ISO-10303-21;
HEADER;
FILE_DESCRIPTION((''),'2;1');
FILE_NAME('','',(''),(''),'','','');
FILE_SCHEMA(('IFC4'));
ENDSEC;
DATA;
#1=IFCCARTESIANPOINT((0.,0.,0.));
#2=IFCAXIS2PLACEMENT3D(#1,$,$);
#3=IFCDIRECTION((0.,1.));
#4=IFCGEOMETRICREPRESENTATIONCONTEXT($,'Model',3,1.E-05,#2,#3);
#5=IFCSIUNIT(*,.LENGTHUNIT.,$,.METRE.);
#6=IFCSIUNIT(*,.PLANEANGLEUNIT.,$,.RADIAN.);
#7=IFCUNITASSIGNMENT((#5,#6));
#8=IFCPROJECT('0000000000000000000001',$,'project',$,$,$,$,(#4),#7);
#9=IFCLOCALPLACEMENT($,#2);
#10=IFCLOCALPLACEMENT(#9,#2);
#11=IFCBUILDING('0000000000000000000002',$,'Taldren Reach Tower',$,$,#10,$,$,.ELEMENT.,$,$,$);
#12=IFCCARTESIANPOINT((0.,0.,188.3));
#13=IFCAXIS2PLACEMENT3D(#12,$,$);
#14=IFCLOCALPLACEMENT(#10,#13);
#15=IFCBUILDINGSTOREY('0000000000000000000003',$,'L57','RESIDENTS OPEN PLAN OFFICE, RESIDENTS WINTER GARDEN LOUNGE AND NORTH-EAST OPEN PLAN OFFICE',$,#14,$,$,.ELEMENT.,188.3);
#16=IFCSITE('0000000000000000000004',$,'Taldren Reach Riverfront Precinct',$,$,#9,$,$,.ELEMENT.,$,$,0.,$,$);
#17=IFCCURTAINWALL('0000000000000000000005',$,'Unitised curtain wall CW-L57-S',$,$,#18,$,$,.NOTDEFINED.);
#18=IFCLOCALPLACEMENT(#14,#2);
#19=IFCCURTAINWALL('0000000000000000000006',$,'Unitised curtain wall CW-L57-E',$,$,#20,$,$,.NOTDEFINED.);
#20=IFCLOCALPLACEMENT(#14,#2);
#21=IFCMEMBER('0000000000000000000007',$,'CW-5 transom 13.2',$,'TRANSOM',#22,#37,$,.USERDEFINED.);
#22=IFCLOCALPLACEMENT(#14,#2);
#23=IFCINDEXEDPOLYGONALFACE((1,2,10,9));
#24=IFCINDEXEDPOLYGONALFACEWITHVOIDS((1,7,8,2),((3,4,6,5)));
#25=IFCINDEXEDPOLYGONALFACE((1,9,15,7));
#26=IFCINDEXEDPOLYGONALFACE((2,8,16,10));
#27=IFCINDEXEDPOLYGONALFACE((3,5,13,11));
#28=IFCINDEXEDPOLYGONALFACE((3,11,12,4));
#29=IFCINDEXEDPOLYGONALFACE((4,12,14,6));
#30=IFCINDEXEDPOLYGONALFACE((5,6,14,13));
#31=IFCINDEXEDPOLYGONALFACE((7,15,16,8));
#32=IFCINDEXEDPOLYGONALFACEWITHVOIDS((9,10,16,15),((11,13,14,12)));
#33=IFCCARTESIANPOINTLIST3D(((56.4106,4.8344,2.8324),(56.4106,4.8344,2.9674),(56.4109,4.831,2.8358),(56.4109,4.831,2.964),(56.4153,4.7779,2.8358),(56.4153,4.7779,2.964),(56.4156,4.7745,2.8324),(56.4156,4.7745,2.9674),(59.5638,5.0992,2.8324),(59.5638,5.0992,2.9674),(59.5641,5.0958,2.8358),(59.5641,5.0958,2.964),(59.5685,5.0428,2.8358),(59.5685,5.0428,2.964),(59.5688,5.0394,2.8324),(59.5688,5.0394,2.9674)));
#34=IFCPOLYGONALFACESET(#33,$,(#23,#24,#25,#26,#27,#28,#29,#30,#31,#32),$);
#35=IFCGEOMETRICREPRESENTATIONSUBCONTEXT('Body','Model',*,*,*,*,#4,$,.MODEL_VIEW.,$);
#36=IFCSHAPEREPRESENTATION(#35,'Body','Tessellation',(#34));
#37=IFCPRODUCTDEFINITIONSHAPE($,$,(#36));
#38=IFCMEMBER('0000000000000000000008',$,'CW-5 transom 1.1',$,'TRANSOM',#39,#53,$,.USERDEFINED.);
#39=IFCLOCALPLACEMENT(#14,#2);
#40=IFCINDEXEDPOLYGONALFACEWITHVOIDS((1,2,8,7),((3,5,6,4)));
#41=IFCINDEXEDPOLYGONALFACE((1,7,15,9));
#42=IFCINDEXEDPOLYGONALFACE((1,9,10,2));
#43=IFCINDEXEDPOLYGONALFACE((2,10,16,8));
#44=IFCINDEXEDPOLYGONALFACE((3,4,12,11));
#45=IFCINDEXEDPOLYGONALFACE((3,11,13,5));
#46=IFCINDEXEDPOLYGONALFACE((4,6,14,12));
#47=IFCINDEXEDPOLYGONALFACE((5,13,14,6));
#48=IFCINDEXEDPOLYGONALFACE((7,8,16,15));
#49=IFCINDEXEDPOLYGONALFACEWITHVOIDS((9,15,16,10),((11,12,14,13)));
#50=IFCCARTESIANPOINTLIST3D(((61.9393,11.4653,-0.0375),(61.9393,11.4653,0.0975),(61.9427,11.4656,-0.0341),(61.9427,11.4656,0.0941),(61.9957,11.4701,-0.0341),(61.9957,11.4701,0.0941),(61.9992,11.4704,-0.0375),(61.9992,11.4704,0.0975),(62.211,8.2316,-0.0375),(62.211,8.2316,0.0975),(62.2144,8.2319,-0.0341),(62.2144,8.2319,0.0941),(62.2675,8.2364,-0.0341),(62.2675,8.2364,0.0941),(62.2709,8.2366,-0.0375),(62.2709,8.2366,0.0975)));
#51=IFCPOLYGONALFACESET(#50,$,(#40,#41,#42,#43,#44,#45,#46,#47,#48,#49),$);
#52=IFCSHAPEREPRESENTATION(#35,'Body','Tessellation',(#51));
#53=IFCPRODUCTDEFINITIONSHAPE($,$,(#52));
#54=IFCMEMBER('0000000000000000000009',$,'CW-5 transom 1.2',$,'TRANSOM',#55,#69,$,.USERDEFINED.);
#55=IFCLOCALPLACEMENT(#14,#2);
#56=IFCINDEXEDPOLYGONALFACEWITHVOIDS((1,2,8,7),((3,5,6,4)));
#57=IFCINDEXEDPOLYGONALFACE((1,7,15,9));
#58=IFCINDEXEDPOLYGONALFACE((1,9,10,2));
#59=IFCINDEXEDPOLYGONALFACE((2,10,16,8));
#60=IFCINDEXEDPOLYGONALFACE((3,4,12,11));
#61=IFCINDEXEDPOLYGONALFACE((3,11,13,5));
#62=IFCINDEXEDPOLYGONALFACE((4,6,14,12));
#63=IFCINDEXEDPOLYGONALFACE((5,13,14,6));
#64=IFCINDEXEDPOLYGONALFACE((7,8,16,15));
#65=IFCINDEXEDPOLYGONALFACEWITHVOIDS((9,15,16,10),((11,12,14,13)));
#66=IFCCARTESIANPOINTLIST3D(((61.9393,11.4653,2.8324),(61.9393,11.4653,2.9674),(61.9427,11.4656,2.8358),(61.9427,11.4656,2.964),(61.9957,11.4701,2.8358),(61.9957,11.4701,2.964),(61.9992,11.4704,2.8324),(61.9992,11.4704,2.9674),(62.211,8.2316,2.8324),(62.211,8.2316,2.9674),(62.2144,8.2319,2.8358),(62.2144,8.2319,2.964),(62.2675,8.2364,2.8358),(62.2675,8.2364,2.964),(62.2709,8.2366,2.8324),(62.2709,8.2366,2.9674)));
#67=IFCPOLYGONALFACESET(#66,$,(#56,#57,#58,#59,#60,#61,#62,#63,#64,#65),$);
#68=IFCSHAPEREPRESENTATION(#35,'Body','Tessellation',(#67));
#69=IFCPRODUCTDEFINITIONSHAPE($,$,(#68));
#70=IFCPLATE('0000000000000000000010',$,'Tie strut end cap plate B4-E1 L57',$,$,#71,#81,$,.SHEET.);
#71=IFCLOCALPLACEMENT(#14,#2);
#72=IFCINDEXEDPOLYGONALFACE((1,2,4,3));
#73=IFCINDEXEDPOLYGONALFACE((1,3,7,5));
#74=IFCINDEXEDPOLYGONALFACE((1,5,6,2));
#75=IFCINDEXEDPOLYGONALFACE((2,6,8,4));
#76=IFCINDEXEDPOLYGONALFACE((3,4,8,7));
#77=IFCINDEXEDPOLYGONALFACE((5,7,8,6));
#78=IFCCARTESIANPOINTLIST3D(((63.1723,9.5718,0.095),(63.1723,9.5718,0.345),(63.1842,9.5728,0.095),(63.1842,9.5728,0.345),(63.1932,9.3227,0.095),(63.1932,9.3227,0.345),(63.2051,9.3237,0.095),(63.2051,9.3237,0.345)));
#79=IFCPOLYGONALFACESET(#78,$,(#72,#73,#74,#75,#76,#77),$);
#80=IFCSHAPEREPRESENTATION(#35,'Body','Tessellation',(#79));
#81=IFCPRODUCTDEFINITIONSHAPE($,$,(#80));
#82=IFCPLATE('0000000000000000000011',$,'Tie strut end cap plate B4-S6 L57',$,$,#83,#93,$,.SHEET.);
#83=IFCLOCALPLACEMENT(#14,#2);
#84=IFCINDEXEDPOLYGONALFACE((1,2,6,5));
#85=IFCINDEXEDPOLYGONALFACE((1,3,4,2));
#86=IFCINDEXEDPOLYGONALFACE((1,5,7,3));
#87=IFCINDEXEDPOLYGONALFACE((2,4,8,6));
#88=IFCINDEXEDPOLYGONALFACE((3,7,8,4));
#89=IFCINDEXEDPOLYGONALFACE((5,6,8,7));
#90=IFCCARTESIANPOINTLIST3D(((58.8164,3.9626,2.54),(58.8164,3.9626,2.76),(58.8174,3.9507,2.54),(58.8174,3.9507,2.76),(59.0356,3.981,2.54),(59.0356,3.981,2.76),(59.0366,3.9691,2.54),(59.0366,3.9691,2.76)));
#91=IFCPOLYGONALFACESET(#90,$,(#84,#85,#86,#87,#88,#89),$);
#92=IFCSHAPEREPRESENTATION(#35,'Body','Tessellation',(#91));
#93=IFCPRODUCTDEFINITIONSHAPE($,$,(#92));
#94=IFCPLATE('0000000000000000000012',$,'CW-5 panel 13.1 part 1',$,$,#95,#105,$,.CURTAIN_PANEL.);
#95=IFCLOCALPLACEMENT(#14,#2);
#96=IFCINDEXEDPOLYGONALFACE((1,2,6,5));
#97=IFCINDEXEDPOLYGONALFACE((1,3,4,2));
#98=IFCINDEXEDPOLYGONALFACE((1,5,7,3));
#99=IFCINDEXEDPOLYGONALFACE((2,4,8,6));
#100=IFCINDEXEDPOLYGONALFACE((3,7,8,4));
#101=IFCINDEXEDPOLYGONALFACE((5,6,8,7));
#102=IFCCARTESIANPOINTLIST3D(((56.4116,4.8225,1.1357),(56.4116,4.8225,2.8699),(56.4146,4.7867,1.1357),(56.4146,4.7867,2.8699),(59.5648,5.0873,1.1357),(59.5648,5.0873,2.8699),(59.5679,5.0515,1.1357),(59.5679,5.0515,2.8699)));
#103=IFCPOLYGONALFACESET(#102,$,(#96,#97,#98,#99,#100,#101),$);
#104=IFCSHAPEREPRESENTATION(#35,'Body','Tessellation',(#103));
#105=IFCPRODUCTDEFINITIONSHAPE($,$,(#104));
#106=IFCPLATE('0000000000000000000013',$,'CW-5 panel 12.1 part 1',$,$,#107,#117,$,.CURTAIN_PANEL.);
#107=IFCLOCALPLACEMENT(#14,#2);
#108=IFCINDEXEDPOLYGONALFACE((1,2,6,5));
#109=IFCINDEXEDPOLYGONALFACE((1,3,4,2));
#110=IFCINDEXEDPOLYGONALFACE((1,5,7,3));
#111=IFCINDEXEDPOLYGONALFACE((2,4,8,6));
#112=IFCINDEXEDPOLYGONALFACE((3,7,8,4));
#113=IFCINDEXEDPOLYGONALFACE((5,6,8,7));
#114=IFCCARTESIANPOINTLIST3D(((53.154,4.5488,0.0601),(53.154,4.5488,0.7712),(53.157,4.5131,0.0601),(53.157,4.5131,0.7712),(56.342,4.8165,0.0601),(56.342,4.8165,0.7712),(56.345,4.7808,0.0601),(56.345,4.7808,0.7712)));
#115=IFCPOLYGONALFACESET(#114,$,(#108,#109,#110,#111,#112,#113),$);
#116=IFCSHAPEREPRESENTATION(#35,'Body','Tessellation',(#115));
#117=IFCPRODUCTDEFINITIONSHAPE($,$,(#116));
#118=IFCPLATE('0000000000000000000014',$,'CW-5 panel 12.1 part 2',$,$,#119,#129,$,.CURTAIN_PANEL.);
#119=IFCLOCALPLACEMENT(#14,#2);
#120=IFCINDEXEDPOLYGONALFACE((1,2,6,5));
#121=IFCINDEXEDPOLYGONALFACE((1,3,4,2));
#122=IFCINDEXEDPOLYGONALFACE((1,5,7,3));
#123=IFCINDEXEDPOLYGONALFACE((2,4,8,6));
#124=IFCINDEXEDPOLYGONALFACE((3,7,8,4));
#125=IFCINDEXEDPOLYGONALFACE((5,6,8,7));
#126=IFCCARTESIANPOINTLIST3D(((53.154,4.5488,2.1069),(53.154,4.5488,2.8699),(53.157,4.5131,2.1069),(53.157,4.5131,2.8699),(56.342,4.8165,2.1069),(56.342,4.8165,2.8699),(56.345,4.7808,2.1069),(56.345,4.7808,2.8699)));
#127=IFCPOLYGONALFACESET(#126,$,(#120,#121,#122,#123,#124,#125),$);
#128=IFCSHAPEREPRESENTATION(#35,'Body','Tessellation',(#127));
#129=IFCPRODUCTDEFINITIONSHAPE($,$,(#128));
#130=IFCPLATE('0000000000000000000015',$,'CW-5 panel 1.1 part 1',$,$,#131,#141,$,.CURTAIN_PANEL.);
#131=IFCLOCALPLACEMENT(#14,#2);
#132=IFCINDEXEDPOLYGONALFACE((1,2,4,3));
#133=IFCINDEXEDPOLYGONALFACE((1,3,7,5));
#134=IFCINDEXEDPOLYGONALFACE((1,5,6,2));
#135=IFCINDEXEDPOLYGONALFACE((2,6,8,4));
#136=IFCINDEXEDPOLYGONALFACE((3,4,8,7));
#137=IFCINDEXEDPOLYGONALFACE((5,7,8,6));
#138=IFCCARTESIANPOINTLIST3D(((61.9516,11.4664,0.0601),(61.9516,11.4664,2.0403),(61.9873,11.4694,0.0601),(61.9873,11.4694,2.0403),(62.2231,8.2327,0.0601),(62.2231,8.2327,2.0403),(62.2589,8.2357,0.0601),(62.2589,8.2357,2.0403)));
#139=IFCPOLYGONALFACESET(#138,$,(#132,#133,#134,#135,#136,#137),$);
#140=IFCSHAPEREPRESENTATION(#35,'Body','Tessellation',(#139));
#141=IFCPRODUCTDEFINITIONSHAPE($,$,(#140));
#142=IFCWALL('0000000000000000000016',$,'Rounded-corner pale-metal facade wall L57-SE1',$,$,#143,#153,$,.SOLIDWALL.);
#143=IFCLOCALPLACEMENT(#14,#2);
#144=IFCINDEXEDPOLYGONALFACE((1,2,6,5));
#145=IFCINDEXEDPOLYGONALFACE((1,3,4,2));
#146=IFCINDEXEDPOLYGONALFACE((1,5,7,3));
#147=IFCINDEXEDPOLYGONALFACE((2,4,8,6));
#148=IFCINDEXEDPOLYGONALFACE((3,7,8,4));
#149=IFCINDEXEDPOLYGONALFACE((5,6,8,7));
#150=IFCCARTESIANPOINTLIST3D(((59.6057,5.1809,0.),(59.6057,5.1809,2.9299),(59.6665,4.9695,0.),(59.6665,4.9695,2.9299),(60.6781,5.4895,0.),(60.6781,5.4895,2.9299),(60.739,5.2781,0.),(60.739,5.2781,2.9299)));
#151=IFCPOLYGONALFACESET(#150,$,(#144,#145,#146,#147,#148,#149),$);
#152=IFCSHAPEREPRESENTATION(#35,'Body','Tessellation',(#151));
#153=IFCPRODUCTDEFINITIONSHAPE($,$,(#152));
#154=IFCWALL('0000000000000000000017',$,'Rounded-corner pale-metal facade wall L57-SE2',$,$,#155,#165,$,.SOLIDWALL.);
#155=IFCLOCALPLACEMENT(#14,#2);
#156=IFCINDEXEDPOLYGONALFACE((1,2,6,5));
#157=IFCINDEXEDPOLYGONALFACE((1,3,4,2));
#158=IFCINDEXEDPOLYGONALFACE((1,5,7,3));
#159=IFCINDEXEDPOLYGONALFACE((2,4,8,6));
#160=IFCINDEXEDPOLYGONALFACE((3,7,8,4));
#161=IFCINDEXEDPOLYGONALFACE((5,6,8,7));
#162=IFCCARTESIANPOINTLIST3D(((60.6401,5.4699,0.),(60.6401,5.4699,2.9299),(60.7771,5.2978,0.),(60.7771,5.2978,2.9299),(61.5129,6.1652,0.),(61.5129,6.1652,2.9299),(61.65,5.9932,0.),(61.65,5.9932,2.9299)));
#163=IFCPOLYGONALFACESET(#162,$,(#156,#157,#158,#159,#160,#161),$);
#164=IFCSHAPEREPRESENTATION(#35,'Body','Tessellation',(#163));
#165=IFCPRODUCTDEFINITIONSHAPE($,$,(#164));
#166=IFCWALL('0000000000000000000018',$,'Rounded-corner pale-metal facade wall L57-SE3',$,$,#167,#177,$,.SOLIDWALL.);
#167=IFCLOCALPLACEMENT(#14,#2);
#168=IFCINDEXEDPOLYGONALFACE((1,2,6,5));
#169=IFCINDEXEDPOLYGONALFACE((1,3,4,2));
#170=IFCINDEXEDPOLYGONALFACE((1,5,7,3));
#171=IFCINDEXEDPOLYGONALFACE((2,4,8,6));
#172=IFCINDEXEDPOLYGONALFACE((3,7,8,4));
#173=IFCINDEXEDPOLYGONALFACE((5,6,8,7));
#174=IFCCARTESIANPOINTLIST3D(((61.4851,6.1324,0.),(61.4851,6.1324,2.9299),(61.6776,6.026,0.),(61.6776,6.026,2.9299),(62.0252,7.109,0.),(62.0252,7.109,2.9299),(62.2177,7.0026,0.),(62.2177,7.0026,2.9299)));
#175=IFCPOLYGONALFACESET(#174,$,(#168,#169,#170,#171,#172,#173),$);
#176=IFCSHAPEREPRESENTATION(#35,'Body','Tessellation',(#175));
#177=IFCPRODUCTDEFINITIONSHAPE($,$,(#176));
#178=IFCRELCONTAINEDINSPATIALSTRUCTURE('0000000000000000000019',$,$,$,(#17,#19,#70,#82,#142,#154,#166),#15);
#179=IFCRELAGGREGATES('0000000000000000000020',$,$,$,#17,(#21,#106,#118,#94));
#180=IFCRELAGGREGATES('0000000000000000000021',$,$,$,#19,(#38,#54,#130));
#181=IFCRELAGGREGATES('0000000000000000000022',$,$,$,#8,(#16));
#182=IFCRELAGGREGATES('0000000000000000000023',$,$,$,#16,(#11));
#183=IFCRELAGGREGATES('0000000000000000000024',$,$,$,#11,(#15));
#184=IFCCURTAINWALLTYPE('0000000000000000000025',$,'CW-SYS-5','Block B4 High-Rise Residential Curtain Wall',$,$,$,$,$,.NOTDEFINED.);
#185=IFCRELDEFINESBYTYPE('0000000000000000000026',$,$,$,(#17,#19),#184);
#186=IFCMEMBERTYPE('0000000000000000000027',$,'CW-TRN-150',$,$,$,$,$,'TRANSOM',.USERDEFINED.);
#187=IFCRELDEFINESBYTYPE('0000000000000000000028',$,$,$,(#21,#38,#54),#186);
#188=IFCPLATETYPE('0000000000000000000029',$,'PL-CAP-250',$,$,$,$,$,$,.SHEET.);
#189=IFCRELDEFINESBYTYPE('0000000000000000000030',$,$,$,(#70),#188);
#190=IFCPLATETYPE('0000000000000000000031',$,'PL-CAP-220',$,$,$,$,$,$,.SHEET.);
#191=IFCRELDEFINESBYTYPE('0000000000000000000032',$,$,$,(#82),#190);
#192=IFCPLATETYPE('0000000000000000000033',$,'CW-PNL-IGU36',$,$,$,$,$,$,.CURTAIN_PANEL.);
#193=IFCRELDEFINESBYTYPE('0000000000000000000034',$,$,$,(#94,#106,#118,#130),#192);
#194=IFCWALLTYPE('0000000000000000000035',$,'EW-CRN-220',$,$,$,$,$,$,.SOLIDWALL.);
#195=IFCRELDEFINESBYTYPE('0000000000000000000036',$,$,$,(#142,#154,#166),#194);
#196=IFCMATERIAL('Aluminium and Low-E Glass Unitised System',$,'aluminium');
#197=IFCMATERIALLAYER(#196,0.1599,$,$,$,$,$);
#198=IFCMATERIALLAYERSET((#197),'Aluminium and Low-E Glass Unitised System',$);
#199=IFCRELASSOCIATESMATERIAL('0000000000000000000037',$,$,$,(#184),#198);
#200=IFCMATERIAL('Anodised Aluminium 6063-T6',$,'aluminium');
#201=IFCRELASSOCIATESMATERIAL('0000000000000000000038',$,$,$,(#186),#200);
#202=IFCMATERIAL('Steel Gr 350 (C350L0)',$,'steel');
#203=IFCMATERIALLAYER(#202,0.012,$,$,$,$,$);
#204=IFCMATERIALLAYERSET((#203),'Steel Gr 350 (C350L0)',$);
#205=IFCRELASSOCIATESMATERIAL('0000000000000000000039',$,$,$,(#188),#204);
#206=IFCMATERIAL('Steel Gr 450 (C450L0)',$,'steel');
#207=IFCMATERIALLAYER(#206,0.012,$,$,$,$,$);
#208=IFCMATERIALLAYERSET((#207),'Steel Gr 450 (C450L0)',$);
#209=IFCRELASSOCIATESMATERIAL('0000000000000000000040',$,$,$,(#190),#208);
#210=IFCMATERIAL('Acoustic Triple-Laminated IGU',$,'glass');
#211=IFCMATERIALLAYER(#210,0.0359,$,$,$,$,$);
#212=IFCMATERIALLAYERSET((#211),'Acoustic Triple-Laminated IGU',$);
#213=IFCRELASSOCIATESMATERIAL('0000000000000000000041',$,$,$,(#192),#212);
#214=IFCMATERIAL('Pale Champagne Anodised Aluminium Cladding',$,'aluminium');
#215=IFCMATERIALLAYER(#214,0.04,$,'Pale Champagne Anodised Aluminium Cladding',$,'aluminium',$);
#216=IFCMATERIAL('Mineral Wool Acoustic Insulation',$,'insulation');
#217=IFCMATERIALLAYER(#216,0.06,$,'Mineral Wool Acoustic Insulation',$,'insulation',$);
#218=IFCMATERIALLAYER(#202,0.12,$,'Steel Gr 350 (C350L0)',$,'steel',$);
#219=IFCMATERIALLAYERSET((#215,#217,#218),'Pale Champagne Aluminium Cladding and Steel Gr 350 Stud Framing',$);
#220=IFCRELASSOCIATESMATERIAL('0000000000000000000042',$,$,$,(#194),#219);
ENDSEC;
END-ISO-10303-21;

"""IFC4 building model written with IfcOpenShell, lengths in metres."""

from ifc_helpers import new_model, si_unit, direction, frame, frame_2d, origin, origin_2d, place, context, subcontext, project, spatial, rectangle, hollow_rectangle, extrude, source, transform, mapped, material, layer, layer_set, material_profile, profile_set, type_object, element, aggregate, save


model = new_model("IFC4")

# Units and contexts
model_context = context("Model", 3, precision=1e-05, world=origin(), true_north=direction((0.0, 1.0)))
body_context = subcontext(model_context, "Body", "Model", "MODEL_VIEW")
ifc_project = project(units=[si_unit("LENGTHUNIT", "METRE"), si_unit("PLANEANGLEUNIT", "RADIAN")], contexts=[model_context])

# Site, building, storey
site_placement = place(None, origin())
site = spatial("IfcSite", under=ifc_project, at=site_placement, Name="Taldren Reach Riverfront Precinct", CompositionType="ELEMENT", RefElevation=0.0)
building_placement = place(site_placement, origin())
building = spatial("IfcBuilding", under=site, at=building_placement, Name="Taldren Reach Tower", CompositionType="ELEMENT")
storey_placement = place(building_placement, frame((0.0, 0.0, 188.3)))
storey = spatial("IfcBuildingStorey", under=building, at=storey_placement, Name="L57", Description="RESIDENTS OPEN PLAN OFFICE, RESIDENTS WINTER GARDEN LOUNGE AND NORTH-EAST OPEN PLAN OFFICE", CompositionType="ELEMENT", Elevation=188.3)

# Shared definitions
ifc_material_1 = material(Name="Steel Gr 350 (C350L0)", Category="steel")

# Shared definitions
ifc_material_2 = material(Name="Steel Gr 450 (C450L0)", Category="steel")

# Curtain wall
ifc_material_3 = material(Name="Aluminium and Low-E Glass Unitised System", Category="aluminium")
ifc_layer_1 = layer(ifc_material_3, 0.1599)
ifc_layer_set_1 = layer_set([ifc_layer_1], Name="Aluminium and Low-E Glass Unitised System")
curtain_wall_type = type_object("IfcCurtainWallType", Name="CW-SYS-5", Description="Block B4 High-Rise Residential Curtain Wall", PredefinedType="NOTDEFINED", material=ifc_layer_set_1)
curtain_wall_1_placement = place(storey_placement, origin())
curtain_wall_1 = element("IfcCurtainWall", 1, at=curtain_wall_1_placement, inside=storey, type_object=curtain_wall_type, Name="Unitised curtain wall CW-L57-S", PredefinedType="NOTDEFINED")
ifc_material_4 = material(Name="Anodised Aluminium 6063-T6", Category="aluminium")

# Curtain wall
curtain_wall_2_placement = place(storey_placement, origin())
curtain_wall_2 = element("IfcCurtainWall", 2, at=curtain_wall_2_placement, inside=storey, type_object=curtain_wall_type, Name="Unitised curtain wall CW-L57-E", PredefinedType="NOTDEFINED")

# Members
ifc_material_profile_1 = material_profile(ifc_material_4, hollow_rectangle(XDim=0.0601, YDim=0.135, WallThickness=0.0034, at=origin_2d()), Name="ALU-135x60x3.5RHS")
ifc_profile_set_1 = profile_set([ifc_material_profile_1], Name="Anodised Aluminium 6063-T6")
member_type_1 = type_object("IfcMemberType", Name="CW-TRN-150", ElementType="TRANSOM", PredefinedType="USERDEFINED", material=ifc_profile_set_1)
shared_shape_1 = source(origin(), body_context, "Body", "SweptSolid", [
    extrude(hollow_rectangle(XDim=0.0601, YDim=0.135, WallThickness=0.0034, at=origin_2d()), origin(), (0.0, 0.0, 1.0), 3.1643),
])
member_1_placement = place(storey_placement, frame((56.4131, 4.8044, 2.8999), z_axis=(0.99649, 0.083709, 0.0), x_axis=(-0.083709, 0.99649, 0.0)))
member_1 = element("IfcMember", 3, at=member_1_placement, type_object=member_type_1, Name="CW-5 transom 13.2", ObjectType="TRANSOM", PredefinedType="USERDEFINED", context=body_context, shape_type="MappedRepresentation", body=[
    mapped(shared_shape_1, transform((0.0, 0.0, 0.0), scale=1.0)),
])
shared_shape_2 = source(origin(), body_context, "Body", "SweptSolid", [
    extrude(hollow_rectangle(XDim=0.0601, YDim=0.135, WallThickness=0.0034, at=origin_2d()), origin(), (0.0, 0.0, 1.0), 3.2451),
])
member_2_placement = place(storey_placement, frame((62.241, 8.2341, 0.03), z_axis=(-0.083737, 0.996488, 0.0), x_axis=(-0.996488, -0.083737, 0.0)))
member_2 = element("IfcMember", 4, at=member_2_placement, type_object=member_type_1, Name="CW-5 transom 1.1", ObjectType="TRANSOM", PredefinedType="USERDEFINED", context=body_context, shape_type="MappedRepresentation", body=[
    mapped(shared_shape_2, transform((0.0, 0.0, 0.0), scale=1.0)),
])
member_3_placement = place(storey_placement, frame((62.241, 8.2341, 2.8999), z_axis=(-0.083737, 0.996488, 0.0), x_axis=(-0.996488, -0.083737, 0.0)))
member_3 = element("IfcMember", 5, at=member_3_placement, type_object=member_type_1, Name="CW-5 transom 1.2", ObjectType="TRANSOM", PredefinedType="USERDEFINED", context=body_context, shape_type="MappedRepresentation", body=[
    mapped(shared_shape_2, transform((0.0, 0.0, 0.0), scale=1.0)),
])

# Plates
ifc_layer_2 = layer(ifc_material_1, 0.012)
ifc_layer_set_2 = layer_set([ifc_layer_2], Name="Steel Gr 350 (C350L0)")
plate_type_1 = type_object("IfcPlateType", Name="PL-CAP-250", PredefinedType="SHEET", material=ifc_layer_set_2)
shared_shape_3 = source(origin(), body_context, "Body", "SweptSolid", [
    extrude(rectangle(XDim=0.012, YDim=0.25, at=origin_2d()), origin(), (0.0, 0.0, 1.0), 0.25),
])
plate_1_placement = place(storey_placement, frame((63.1887, 9.4478, 0.095), z_axis=(0.0, 0.0, 1.0), x_axis=(0.996493, 0.083678, 0.0)))
element("IfcPlate", 6, at=plate_1_placement, inside=storey, type_object=plate_type_1, Name="Tie strut end cap plate B4-E1 L57", PredefinedType="SHEET", context=body_context, shape_type="MappedRepresentation", body=[
    mapped(shared_shape_3, transform((0.0, 0.0, 0.0), scale=1.0)),
])
ifc_layer_3 = layer(ifc_material_2, 0.012)
ifc_layer_set_3 = layer_set([ifc_layer_3], Name="Steel Gr 450 (C450L0)")
plate_type_2 = type_object("IfcPlateType", Name="PL-CAP-220", PredefinedType="SHEET", material=ifc_layer_set_3)
shared_shape_4 = source(origin(), body_context, "Body", "SweptSolid", [
    extrude(rectangle(XDim=0.22, YDim=0.012, at=origin_2d()), origin(), (0.0, 0.0, 1.0), 0.22),
])
plate_2_placement = place(storey_placement, frame((58.9265, 3.9658, 2.54), z_axis=(0.0, 0.0, 1.0), x_axis=(0.996493, 0.083678, 0.0)))
element("IfcPlate", 7, at=plate_2_placement, inside=storey, type_object=plate_type_2, Name="Tie strut end cap plate B4-S6 L57", PredefinedType="SHEET", context=body_context, shape_type="MappedRepresentation", body=[
    mapped(shared_shape_4, transform((0.0, 0.0, 0.0), scale=1.0)),
])

# Plates
ifc_material_5 = material(Name="Acoustic Triple-Laminated IGU", Category="glass")
ifc_layer_4 = layer(ifc_material_5, 0.0359)
ifc_layer_set_4 = layer_set([ifc_layer_4], Name="Acoustic Triple-Laminated IGU")
plate_type_3 = type_object("IfcPlateType", Name="CW-PNL-IGU36", PredefinedType="CURTAIN_PANEL", material=ifc_layer_set_4)
shared_shape_5 = source(origin(), body_context, "Body", "SweptSolid", [
    extrude(rectangle(XDim=3.1643, YDim=0.0359, at=origin_2d()), origin(), (0.0, 0.0, 1.0), 1.7341),
])
plate_3_placement = place(storey_placement, frame((57.9897, 4.937, 1.1357), z_axis=(0.0, 0.0, 1.0), x_axis=(0.996493, 0.083678, 0.0)))
plate_3 = element("IfcPlate", 8, at=plate_3_placement, type_object=plate_type_3, Name="CW-5 panel 13.1 part 1", PredefinedType="CURTAIN_PANEL", context=body_context, shape_type="MappedRepresentation", body=[
    mapped(shared_shape_5, transform((0.0, 0.0, 0.0), scale=1.0)),
])
shared_shape_6 = source(origin(), body_context, "Body", "SweptSolid", [
    extrude(rectangle(XDim=3.1992, YDim=0.0359, at=origin_2d()), origin(), (0.0, 0.0, 1.0), 0.7112),
])
plate_4_placement = place(storey_placement, frame((54.7495, 4.6648, 0.0601), z_axis=(0.0, 0.0, 1.0), x_axis=(0.996493, 0.083678, 0.0)))
plate_4 = element("IfcPlate", 9, at=plate_4_placement, type_object=plate_type_3, Name="CW-5 panel 12.1 part 1", PredefinedType="CURTAIN_PANEL", context=body_context, shape_type="MappedRepresentation", body=[
    mapped(shared_shape_6, transform((0.0, 0.0, 0.0), scale=1.0)),
])
shared_shape_7 = source(origin(), body_context, "Body", "SweptSolid", [
    extrude(rectangle(XDim=3.1992, YDim=0.0359, at=origin_2d()), origin(), (0.0, 0.0, 1.0), 0.7629),
])
plate_5_placement = place(storey_placement, frame((54.7495, 4.6648, 2.1069), z_axis=(0.0, 0.0, 1.0), x_axis=(0.996493, 0.083678, 0.0)))
plate_5 = element("IfcPlate", 10, at=plate_5_placement, type_object=plate_type_3, Name="CW-5 panel 12.1 part 2", PredefinedType="CURTAIN_PANEL", context=body_context, shape_type="MappedRepresentation", body=[
    mapped(shared_shape_7, transform((0.0, 0.0, 0.0), scale=1.0)),
])
aggregate(curtain_wall_1, [member_1, plate_4, plate_5, plate_3])
shared_shape_8 = source(origin(), body_context, "Body", "SweptSolid", [
    extrude(rectangle(XDim=3.2451, YDim=0.0359, at=origin_2d()), origin(), (0.0, 0.0, 1.0), 1.9802),
])
plate_6_placement = place(storey_placement, frame((62.1052, 9.8511, 0.0601), z_axis=(0.0, 0.0, 1.0), x_axis=(-0.083678, 0.996493, 0.0)))
plate_6 = element("IfcPlate", 11, at=plate_6_placement, type_object=plate_type_3, Name="CW-5 panel 1.1 part 1", PredefinedType="CURTAIN_PANEL", context=body_context, shape_type="MappedRepresentation", body=[
    mapped(shared_shape_8, transform((0.0, 0.0, 0.0), scale=1.0)),
])
aggregate(curtain_wall_2, [member_2, member_3, plate_6])

# Walls
ifc_material_6 = material(Name="Pale Champagne Anodised Aluminium Cladding", Category="aluminium")
ifc_layer_5 = layer(ifc_material_6, 0.04, Name="Pale Champagne Anodised Aluminium Cladding", Category="aluminium")
ifc_material_7 = material(Name="Mineral Wool Acoustic Insulation", Category="insulation")
ifc_layer_6 = layer(ifc_material_7, 0.06, Name="Mineral Wool Acoustic Insulation", Category="insulation")
ifc_layer_7 = layer(ifc_material_1, 0.12, Name="Steel Gr 350 (C350L0)", Category="steel")
ifc_layer_set_5 = layer_set([ifc_layer_5, ifc_layer_6, ifc_layer_7], Name="Pale Champagne Aluminium Cladding and Steel Gr 350 Stud Framing")
wall_type = type_object("IfcWallType", Name="EW-CRN-220", PredefinedType="SOLIDWALL", material=ifc_layer_set_5)
shared_shape_9 = source(origin(), body_context, "Body", "SweptSolid", [
    extrude(rectangle(XDim=1.116, YDim=0.22, at=frame_2d((0.5581, 0.0))), origin(), (0.0, 0.0, 1.0), 2.9299),
])
for number, where, z_axis, x_axis, name in (
    (12, (59.636, 5.0752, 0.0), (0.0, 0.0, 1.0), (0.96101, 0.276512, 0.0), "Rounded-corner pale-metal facade wall L57-SE1"),
    (13, (60.7085, 5.3838, 0.0), (0.0, 0.0, 1.0), (0.782148, 0.623093, 0.0), "Rounded-corner pale-metal facade wall L57-SE2"),
    (14, (61.5813, 6.0791, 0.0), (0.0, 0.0, 1.0), (0.483933, 0.875105, 0.0), "Rounded-corner pale-metal facade wall L57-SE3"),
):
    element("IfcWall", number, at=place(storey_placement, frame(where, z_axis=z_axis, x_axis=x_axis)), inside=storey, type_object=wall_type, Name=name, PredefinedType="SOLIDWALL", context=body_context, shape_type="MappedRepresentation", body=[
        mapped(shared_shape_9, transform((0.0, 0.0, 0.0), scale=1.0)),
    ])

save(model, "model.ifc")
